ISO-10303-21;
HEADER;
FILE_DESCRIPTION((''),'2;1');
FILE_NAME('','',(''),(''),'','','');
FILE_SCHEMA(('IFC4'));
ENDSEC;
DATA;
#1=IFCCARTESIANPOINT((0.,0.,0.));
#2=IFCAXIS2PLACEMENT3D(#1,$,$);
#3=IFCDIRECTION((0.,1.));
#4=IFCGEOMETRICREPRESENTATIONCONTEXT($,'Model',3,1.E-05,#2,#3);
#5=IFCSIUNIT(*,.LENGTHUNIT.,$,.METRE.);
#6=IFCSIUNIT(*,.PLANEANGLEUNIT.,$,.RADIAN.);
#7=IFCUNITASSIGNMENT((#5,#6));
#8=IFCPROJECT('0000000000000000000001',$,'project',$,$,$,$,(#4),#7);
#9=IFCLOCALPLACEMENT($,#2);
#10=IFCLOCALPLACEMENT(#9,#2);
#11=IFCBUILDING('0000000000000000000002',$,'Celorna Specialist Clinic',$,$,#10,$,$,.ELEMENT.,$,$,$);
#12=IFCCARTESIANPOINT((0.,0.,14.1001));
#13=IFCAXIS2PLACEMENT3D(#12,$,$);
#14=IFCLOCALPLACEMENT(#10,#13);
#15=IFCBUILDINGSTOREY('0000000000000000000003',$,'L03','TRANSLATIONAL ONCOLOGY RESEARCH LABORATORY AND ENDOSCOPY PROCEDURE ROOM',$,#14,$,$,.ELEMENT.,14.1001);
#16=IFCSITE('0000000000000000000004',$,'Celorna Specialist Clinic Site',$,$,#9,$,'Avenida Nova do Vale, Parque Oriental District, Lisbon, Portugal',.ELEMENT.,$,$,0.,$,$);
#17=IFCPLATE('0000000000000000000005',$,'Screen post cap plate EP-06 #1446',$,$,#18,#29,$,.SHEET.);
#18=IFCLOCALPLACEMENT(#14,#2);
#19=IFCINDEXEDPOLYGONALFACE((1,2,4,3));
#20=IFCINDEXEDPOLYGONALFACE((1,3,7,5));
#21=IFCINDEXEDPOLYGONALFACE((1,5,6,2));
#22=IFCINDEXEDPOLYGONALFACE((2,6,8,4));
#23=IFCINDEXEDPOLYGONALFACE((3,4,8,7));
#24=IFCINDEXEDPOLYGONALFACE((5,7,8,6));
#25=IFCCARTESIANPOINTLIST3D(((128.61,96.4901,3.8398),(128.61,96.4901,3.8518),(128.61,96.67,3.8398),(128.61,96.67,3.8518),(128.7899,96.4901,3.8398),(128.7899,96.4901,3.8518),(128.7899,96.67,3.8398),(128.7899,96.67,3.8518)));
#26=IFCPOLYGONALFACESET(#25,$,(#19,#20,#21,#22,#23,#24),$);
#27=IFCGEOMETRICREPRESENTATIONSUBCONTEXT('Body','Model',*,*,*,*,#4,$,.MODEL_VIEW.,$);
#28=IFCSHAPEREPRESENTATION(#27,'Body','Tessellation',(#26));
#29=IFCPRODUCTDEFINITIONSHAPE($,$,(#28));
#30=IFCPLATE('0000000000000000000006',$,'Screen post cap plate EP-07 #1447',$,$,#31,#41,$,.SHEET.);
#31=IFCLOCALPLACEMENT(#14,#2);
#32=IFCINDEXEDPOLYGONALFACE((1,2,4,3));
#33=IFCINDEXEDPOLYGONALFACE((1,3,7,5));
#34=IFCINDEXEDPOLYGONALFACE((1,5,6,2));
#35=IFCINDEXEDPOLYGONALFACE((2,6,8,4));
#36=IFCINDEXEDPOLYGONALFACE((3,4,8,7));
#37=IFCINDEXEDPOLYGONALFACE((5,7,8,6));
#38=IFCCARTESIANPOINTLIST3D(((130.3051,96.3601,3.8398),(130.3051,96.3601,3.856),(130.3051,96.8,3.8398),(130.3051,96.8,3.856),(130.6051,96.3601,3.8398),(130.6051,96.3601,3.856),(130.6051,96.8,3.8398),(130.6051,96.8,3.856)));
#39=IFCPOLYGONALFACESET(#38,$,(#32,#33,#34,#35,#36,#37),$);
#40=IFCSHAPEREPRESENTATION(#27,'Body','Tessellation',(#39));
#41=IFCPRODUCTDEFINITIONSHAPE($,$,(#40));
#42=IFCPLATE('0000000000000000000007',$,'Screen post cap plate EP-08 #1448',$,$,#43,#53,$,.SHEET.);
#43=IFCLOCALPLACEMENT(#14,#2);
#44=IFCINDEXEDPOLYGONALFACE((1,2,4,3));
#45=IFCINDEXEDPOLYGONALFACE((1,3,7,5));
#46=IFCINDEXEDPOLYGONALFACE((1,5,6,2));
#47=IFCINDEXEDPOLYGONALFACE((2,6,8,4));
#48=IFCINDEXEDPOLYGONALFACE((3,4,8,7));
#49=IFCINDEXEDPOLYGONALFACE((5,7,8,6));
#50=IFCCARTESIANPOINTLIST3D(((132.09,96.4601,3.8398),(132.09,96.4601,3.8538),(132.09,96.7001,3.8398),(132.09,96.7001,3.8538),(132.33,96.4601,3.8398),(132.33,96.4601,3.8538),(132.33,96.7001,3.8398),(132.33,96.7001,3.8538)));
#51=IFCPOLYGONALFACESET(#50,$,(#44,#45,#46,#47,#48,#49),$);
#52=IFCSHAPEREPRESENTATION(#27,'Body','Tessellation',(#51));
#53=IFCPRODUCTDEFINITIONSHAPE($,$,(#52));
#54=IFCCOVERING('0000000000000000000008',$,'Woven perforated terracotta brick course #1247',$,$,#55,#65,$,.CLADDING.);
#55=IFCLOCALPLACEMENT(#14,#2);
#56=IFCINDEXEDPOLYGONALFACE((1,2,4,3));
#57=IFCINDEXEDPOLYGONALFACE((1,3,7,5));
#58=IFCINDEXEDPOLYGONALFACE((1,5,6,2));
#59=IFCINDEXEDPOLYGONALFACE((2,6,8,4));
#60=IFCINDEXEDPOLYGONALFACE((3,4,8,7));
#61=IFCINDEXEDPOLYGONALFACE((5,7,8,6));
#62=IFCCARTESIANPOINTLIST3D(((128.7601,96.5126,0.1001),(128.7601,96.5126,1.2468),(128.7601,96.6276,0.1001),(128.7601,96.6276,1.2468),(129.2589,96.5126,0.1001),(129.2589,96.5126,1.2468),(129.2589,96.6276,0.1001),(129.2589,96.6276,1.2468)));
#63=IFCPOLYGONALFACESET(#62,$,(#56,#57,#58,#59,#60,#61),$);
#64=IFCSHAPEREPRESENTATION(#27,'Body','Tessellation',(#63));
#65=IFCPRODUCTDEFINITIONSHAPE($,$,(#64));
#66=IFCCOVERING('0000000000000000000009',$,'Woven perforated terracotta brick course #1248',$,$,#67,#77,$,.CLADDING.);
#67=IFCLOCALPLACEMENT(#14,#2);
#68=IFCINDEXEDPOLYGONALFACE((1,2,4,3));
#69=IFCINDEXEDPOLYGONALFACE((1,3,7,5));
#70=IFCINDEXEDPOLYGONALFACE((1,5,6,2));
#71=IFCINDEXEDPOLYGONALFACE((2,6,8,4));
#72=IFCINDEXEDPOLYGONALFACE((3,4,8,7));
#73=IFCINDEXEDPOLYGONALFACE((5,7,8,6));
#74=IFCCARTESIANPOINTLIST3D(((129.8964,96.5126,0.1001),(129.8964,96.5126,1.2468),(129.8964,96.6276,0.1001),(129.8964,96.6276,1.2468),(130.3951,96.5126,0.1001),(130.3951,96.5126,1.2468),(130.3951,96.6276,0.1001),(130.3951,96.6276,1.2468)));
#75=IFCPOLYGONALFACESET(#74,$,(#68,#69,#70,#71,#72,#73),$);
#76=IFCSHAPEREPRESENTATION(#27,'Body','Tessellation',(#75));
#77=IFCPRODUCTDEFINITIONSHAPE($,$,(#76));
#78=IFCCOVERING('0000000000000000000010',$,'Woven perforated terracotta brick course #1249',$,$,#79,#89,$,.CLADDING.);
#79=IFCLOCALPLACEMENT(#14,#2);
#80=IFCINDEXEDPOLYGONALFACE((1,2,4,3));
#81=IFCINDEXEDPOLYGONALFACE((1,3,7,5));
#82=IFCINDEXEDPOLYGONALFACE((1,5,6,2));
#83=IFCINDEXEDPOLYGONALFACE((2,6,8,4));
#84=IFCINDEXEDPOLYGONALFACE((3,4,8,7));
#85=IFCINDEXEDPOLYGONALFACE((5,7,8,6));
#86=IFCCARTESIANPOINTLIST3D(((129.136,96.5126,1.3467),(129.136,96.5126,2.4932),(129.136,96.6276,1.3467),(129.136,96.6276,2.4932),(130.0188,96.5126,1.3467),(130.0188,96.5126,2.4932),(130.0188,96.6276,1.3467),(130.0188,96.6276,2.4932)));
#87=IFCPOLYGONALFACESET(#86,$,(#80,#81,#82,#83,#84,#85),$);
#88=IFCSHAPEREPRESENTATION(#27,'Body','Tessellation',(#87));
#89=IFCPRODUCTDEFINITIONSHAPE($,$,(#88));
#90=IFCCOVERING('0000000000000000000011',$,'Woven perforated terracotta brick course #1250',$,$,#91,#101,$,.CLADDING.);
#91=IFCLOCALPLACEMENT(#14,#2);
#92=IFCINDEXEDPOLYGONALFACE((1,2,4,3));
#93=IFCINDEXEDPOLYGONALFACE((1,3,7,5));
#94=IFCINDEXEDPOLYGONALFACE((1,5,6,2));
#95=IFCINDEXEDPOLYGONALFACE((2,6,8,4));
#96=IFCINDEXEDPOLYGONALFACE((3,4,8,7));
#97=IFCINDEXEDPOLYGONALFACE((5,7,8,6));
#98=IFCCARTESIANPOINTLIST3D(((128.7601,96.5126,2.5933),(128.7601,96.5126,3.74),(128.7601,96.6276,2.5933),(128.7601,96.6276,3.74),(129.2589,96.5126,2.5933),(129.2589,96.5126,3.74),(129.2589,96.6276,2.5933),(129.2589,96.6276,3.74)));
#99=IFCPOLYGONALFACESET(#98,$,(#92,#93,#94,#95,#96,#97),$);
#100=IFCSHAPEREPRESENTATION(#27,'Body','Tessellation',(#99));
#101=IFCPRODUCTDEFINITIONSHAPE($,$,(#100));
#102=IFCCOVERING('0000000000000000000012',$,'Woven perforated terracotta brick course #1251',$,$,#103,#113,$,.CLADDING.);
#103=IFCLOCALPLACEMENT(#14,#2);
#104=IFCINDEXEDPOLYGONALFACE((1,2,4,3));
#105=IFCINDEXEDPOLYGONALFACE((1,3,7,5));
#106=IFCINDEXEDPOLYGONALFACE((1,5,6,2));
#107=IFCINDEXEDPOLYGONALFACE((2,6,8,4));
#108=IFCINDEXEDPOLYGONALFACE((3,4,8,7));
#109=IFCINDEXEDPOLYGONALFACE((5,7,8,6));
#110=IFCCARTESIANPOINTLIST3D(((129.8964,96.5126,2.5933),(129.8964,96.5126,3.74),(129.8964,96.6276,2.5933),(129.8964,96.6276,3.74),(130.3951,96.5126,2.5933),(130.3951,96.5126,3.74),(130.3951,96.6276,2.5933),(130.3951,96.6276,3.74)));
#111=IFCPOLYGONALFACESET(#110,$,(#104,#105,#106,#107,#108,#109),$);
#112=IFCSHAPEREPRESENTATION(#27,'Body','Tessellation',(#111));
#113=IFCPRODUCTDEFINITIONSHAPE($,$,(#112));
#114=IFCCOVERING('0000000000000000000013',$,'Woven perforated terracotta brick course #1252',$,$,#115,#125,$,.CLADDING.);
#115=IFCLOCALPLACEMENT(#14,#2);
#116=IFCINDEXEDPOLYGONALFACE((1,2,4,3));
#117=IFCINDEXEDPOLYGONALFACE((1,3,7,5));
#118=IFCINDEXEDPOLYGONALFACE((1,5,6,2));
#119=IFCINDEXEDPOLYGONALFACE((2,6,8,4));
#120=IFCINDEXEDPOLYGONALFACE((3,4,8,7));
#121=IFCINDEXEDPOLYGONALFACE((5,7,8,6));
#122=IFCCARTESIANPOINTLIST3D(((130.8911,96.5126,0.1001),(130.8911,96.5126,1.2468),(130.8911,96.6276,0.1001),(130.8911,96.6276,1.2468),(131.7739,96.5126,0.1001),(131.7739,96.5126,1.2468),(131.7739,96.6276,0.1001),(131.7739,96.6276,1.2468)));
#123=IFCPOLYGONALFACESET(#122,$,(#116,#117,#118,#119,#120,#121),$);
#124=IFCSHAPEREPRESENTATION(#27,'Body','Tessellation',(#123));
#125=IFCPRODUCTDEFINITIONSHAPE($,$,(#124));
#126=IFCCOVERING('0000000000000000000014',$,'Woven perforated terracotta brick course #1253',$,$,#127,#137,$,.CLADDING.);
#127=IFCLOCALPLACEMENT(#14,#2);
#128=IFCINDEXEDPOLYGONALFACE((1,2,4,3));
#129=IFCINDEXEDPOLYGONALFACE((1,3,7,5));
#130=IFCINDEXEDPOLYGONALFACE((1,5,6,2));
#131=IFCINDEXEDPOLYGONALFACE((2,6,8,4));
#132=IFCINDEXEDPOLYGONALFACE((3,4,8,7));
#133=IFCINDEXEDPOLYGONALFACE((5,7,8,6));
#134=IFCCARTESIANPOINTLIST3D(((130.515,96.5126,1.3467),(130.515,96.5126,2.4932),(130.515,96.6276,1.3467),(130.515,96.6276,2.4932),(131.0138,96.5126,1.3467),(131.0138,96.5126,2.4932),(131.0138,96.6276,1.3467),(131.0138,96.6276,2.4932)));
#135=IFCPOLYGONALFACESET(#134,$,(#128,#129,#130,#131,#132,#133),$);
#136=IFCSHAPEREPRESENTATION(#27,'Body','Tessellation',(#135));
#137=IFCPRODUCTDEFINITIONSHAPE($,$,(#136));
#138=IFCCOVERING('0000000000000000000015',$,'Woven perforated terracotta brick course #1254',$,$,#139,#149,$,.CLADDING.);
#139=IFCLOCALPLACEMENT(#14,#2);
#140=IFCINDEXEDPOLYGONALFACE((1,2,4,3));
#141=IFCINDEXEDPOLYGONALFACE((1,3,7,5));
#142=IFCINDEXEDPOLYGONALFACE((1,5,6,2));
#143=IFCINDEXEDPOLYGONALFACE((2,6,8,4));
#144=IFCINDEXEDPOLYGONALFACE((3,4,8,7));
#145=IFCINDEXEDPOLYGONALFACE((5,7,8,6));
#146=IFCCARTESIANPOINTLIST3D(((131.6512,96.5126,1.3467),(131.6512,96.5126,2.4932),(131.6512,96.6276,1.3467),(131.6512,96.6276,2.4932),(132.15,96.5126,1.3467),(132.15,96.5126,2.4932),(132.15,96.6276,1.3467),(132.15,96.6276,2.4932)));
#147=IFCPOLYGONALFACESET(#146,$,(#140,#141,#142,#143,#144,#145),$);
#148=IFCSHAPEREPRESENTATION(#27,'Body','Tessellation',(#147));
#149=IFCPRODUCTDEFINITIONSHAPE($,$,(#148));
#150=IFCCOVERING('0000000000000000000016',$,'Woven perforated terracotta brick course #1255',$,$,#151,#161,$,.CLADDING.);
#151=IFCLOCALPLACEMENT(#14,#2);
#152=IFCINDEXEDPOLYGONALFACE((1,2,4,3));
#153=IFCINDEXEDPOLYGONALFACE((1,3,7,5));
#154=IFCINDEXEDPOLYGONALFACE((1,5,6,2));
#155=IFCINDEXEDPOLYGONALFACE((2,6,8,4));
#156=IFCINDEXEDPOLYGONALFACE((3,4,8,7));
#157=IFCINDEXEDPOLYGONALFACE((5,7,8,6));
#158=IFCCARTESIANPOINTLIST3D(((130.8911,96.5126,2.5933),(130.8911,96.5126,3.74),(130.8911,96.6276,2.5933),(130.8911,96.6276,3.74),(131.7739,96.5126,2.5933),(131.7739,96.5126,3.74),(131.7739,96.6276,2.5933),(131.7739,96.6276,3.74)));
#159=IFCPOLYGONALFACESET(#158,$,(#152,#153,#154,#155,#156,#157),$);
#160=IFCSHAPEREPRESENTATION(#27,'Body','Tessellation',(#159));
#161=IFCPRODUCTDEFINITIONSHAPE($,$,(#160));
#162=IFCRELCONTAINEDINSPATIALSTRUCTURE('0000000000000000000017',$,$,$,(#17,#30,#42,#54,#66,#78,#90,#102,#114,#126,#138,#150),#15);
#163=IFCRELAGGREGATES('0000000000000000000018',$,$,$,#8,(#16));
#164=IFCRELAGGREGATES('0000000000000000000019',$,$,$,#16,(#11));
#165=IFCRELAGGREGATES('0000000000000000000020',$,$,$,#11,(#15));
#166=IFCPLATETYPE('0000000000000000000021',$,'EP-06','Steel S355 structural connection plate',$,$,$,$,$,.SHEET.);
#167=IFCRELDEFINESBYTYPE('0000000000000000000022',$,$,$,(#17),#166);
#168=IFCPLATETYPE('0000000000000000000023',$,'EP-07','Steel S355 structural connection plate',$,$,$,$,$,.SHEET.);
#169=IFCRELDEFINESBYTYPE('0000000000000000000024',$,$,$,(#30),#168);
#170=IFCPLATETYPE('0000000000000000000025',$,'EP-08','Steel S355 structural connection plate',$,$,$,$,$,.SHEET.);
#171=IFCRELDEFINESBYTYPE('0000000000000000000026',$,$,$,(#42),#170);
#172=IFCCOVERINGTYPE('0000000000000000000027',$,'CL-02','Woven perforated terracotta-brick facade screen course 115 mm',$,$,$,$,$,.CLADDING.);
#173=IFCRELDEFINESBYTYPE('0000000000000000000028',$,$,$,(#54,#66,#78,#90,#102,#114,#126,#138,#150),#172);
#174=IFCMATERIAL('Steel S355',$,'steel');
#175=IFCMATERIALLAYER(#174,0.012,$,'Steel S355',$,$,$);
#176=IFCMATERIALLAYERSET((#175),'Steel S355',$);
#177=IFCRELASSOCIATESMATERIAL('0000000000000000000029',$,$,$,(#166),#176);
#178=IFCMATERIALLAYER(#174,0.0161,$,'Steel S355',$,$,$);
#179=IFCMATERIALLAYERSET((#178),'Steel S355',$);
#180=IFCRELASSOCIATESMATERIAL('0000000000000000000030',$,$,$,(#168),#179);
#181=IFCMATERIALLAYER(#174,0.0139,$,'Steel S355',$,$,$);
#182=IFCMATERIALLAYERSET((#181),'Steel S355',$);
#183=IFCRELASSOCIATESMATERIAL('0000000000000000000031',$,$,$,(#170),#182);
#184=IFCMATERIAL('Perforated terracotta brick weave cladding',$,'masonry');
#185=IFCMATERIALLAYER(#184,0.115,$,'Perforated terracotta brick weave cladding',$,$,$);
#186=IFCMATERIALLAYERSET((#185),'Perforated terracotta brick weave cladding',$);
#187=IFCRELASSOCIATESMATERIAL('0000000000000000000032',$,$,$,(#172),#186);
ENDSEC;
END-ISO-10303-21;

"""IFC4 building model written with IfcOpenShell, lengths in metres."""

from ifc_helpers import new_model, si_unit, direction, frame, origin, origin_2d, place, context, subcontext, project, spatial, rectangle, extrude, material, layer, layer_set, type_object, element, save


model = new_model("IFC4")

# Units and contexts
model_context = context("Model", 3, precision=1e-05, world=origin(), true_north=direction((0.0, 1.0)))
body_context = subcontext(model_context, "Body", "Model", "MODEL_VIEW")
ifc_project = project(units=[si_unit("LENGTHUNIT", "METRE"), si_unit("PLANEANGLEUNIT", "RADIAN")], contexts=[model_context])

# Site, building, storey
site_placement = place(None, origin())
site = spatial("IfcSite", under=ifc_project, at=site_placement, Name="Celorna Specialist Clinic Site", LongName="Avenida Nova do Vale, Parque Oriental District, Lisbon, Portugal", CompositionType="ELEMENT", RefElevation=0.0)
building_placement = place(site_placement, origin())
building = spatial("IfcBuilding", under=site, at=building_placement, Name="Celorna Specialist Clinic", CompositionType="ELEMENT")
storey_placement = place(building_placement, frame((0.0, 0.0, 14.1001)))
storey = spatial("IfcBuildingStorey", under=building, at=storey_placement, Name="L03", Description="TRANSLATIONAL ONCOLOGY RESEARCH LABORATORY AND ENDOSCOPY PROCEDURE ROOM", CompositionType="ELEMENT", Elevation=14.1001)

# Shared definitions
ifc_material_1 = material(Name="Steel S355", Category="steel")

# Plates
ifc_layer_1 = layer(ifc_material_1, 0.012, Name="Steel S355")
ifc_layer_set_1 = layer_set([ifc_layer_1], Name="Steel S355")
plate_type_1 = type_object("IfcPlateType", Name="EP-06", Description="Steel S355 structural connection plate", PredefinedType="SHEET", material=ifc_layer_set_1)
plate_1_placement = place(storey_placement, frame((128.7, 96.5801, 3.8398), z_axis=(0.0, 0.0, 1.0), x_axis=(1.0, 0.0, 0.0)))
element("IfcPlate", 1, at=plate_1_placement, inside=storey, type_object=plate_type_1, Name="Screen post cap plate EP-06 #1446", PredefinedType="SHEET", context=body_context, shape_type="SweptSolid", body=[
    extrude(rectangle(XDim=0.1799, YDim=0.1799, at=origin_2d()), origin(), (0.0, 0.0, 1.0), 0.012),
])
ifc_layer_2 = layer(ifc_material_1, 0.0161, Name="Steel S355")
ifc_layer_set_2 = layer_set([ifc_layer_2], Name="Steel S355")
plate_type_2 = type_object("IfcPlateType", Name="EP-07", Description="Steel S355 structural connection plate", PredefinedType="SHEET", material=ifc_layer_set_2)
plate_2_placement = place(storey_placement, frame((130.4551, 96.5801, 3.8398), z_axis=(0.0, 0.0, 1.0), x_axis=(1.0, 0.0, 0.0)))
element("IfcPlate", 2, at=plate_2_placement, inside=storey, type_object=plate_type_2, Name="Screen post cap plate EP-07 #1447", PredefinedType="SHEET", context=body_context, shape_type="SweptSolid", body=[
    extrude(rectangle(XDim=0.3, YDim=0.4399, at=origin_2d()), origin(), (0.0, 0.0, 1.0), 0.0161),
])
ifc_layer_3 = layer(ifc_material_1, 0.0139, Name="Steel S355")
ifc_layer_set_3 = layer_set([ifc_layer_3], Name="Steel S355")
plate_type_3 = type_object("IfcPlateType", Name="EP-08", Description="Steel S355 structural connection plate", PredefinedType="SHEET", material=ifc_layer_set_3)
plate_3_placement = place(storey_placement, frame((132.21, 96.5801, 3.8398), z_axis=(0.0, 0.0, 1.0), x_axis=(1.0, 0.0, 0.0)))
element("IfcPlate", 3, at=plate_3_placement, inside=storey, type_object=plate_type_3, Name="Screen post cap plate EP-08 #1448", PredefinedType="SHEET", context=body_context, shape_type="SweptSolid", body=[
    extrude(rectangle(XDim=0.24, YDim=0.24, at=origin_2d()), origin(), (0.0, 0.0, 1.0), 0.0139),
])

# Coverings
ifc_material_2 = material(Name="Perforated terracotta brick weave cladding", Category="masonry")
ifc_layer_4 = layer(ifc_material_2, 0.115, Name="Perforated terracotta brick weave cladding")
ifc_layer_set_4 = layer_set([ifc_layer_4], Name="Perforated terracotta brick weave cladding")
covering_type = type_object("IfcCoveringType", Name="CL-02", Description="Woven perforated terracotta-brick facade screen course 115 mm", PredefinedType="CLADDING", material=ifc_layer_set_4)
for number, where, z_axis, x_axis, name in (
    (4, (129.0095, 96.5701, 0.1001), (0.0, 0.0, 1.0), (1.0, 0.0, 0.0), "Woven perforated terracotta brick course #1247"),
    (5, (130.1458, 96.5701, 0.1001), (0.0, 0.0, 1.0), (1.0, 0.0, 0.0), "Woven perforated terracotta brick course #1248"),
):
    element("IfcCovering", number, at=place(storey_placement, frame(where, z_axis=z_axis, x_axis=x_axis)), inside=storey, type_object=covering_type, Name=name, PredefinedType="CLADDING", context=body_context, shape_type="SweptSolid", body=[
        extrude(rectangle(XDim=0.4988, YDim=0.115, at=origin_2d()), origin(), (0.0, 0.0, 1.0), 1.1467),
    ])
covering_1_placement = place(storey_placement, frame((129.5774, 96.5701, 1.3467), z_axis=(0.0, 0.0, 1.0), x_axis=(1.0, 0.0, 0.0)))
element("IfcCovering", 6, at=covering_1_placement, inside=storey, type_object=covering_type, Name="Woven perforated terracotta brick course #1249", PredefinedType="CLADDING", context=body_context, shape_type="SweptSolid", body=[
    extrude(rectangle(XDim=0.8828, YDim=0.115, at=origin_2d()), origin(), (0.0, 0.0, 1.0), 1.1465),
])
for number, where, z_axis, x_axis, name in (
    (7, (129.0095, 96.5701, 2.5933), (0.0, 0.0, 1.0), (1.0, 0.0, 0.0), "Woven perforated terracotta brick course #1250"),
    (8, (130.1458, 96.5701, 2.5933), (0.0, 0.0, 1.0), (1.0, 0.0, 0.0), "Woven perforated terracotta brick course #1251"),
):
    element("IfcCovering", number, at=place(storey_placement, frame(where, z_axis=z_axis, x_axis=x_axis)), inside=storey, type_object=covering_type, Name=name, PredefinedType="CLADDING", context=body_context, shape_type="SweptSolid", body=[
        extrude(rectangle(XDim=0.4988, YDim=0.115, at=origin_2d()), origin(), (0.0, 0.0, 1.0), 1.1467),
    ])
covering_2_placement = place(storey_placement, frame((131.3325, 96.5701, 0.1001), z_axis=(0.0, 0.0, 1.0), x_axis=(1.0, 0.0, 0.0)))
element("IfcCovering", 9, at=covering_2_placement, inside=storey, type_object=covering_type, Name="Woven perforated terracotta brick course #1252", PredefinedType="CLADDING", context=body_context, shape_type="SweptSolid", body=[
    extrude(rectangle(XDim=0.8828, YDim=0.115, at=origin_2d()), origin(), (0.0, 0.0, 1.0), 1.1467),
])
for number, where, z_axis, x_axis, name in (
    (10, (130.7644, 96.5701, 1.3467), (0.0, 0.0, 1.0), (1.0, 0.0, 0.0), "Woven perforated terracotta brick course #1253"),
    (11, (131.9006, 96.5701, 1.3467), (0.0, 0.0, 1.0), (1.0, 0.0, 0.0), "Woven perforated terracotta brick course #1254"),
):
    element("IfcCovering", number, at=place(storey_placement, frame(where, z_axis=z_axis, x_axis=x_axis)), inside=storey, type_object=covering_type, Name=name, PredefinedType="CLADDING", context=body_context, shape_type="SweptSolid", body=[
        extrude(rectangle(XDim=0.4988, YDim=0.115, at=origin_2d()), origin(), (0.0, 0.0, 1.0), 1.1465),
    ])
covering_3_placement = place(storey_placement, frame((131.3325, 96.5701, 2.5933), z_axis=(0.0, 0.0, 1.0), x_axis=(1.0, 0.0, 0.0)))
element("IfcCovering", 12, at=covering_3_placement, inside=storey, type_object=covering_type, Name="Woven perforated terracotta brick course #1255", PredefinedType="CLADDING", context=body_context, shape_type="SweptSolid", body=[
    extrude(rectangle(XDim=0.8828, YDim=0.115, at=origin_2d()), origin(), (0.0, 0.0, 1.0), 1.1467),
])

save(model, "model.ifc")
